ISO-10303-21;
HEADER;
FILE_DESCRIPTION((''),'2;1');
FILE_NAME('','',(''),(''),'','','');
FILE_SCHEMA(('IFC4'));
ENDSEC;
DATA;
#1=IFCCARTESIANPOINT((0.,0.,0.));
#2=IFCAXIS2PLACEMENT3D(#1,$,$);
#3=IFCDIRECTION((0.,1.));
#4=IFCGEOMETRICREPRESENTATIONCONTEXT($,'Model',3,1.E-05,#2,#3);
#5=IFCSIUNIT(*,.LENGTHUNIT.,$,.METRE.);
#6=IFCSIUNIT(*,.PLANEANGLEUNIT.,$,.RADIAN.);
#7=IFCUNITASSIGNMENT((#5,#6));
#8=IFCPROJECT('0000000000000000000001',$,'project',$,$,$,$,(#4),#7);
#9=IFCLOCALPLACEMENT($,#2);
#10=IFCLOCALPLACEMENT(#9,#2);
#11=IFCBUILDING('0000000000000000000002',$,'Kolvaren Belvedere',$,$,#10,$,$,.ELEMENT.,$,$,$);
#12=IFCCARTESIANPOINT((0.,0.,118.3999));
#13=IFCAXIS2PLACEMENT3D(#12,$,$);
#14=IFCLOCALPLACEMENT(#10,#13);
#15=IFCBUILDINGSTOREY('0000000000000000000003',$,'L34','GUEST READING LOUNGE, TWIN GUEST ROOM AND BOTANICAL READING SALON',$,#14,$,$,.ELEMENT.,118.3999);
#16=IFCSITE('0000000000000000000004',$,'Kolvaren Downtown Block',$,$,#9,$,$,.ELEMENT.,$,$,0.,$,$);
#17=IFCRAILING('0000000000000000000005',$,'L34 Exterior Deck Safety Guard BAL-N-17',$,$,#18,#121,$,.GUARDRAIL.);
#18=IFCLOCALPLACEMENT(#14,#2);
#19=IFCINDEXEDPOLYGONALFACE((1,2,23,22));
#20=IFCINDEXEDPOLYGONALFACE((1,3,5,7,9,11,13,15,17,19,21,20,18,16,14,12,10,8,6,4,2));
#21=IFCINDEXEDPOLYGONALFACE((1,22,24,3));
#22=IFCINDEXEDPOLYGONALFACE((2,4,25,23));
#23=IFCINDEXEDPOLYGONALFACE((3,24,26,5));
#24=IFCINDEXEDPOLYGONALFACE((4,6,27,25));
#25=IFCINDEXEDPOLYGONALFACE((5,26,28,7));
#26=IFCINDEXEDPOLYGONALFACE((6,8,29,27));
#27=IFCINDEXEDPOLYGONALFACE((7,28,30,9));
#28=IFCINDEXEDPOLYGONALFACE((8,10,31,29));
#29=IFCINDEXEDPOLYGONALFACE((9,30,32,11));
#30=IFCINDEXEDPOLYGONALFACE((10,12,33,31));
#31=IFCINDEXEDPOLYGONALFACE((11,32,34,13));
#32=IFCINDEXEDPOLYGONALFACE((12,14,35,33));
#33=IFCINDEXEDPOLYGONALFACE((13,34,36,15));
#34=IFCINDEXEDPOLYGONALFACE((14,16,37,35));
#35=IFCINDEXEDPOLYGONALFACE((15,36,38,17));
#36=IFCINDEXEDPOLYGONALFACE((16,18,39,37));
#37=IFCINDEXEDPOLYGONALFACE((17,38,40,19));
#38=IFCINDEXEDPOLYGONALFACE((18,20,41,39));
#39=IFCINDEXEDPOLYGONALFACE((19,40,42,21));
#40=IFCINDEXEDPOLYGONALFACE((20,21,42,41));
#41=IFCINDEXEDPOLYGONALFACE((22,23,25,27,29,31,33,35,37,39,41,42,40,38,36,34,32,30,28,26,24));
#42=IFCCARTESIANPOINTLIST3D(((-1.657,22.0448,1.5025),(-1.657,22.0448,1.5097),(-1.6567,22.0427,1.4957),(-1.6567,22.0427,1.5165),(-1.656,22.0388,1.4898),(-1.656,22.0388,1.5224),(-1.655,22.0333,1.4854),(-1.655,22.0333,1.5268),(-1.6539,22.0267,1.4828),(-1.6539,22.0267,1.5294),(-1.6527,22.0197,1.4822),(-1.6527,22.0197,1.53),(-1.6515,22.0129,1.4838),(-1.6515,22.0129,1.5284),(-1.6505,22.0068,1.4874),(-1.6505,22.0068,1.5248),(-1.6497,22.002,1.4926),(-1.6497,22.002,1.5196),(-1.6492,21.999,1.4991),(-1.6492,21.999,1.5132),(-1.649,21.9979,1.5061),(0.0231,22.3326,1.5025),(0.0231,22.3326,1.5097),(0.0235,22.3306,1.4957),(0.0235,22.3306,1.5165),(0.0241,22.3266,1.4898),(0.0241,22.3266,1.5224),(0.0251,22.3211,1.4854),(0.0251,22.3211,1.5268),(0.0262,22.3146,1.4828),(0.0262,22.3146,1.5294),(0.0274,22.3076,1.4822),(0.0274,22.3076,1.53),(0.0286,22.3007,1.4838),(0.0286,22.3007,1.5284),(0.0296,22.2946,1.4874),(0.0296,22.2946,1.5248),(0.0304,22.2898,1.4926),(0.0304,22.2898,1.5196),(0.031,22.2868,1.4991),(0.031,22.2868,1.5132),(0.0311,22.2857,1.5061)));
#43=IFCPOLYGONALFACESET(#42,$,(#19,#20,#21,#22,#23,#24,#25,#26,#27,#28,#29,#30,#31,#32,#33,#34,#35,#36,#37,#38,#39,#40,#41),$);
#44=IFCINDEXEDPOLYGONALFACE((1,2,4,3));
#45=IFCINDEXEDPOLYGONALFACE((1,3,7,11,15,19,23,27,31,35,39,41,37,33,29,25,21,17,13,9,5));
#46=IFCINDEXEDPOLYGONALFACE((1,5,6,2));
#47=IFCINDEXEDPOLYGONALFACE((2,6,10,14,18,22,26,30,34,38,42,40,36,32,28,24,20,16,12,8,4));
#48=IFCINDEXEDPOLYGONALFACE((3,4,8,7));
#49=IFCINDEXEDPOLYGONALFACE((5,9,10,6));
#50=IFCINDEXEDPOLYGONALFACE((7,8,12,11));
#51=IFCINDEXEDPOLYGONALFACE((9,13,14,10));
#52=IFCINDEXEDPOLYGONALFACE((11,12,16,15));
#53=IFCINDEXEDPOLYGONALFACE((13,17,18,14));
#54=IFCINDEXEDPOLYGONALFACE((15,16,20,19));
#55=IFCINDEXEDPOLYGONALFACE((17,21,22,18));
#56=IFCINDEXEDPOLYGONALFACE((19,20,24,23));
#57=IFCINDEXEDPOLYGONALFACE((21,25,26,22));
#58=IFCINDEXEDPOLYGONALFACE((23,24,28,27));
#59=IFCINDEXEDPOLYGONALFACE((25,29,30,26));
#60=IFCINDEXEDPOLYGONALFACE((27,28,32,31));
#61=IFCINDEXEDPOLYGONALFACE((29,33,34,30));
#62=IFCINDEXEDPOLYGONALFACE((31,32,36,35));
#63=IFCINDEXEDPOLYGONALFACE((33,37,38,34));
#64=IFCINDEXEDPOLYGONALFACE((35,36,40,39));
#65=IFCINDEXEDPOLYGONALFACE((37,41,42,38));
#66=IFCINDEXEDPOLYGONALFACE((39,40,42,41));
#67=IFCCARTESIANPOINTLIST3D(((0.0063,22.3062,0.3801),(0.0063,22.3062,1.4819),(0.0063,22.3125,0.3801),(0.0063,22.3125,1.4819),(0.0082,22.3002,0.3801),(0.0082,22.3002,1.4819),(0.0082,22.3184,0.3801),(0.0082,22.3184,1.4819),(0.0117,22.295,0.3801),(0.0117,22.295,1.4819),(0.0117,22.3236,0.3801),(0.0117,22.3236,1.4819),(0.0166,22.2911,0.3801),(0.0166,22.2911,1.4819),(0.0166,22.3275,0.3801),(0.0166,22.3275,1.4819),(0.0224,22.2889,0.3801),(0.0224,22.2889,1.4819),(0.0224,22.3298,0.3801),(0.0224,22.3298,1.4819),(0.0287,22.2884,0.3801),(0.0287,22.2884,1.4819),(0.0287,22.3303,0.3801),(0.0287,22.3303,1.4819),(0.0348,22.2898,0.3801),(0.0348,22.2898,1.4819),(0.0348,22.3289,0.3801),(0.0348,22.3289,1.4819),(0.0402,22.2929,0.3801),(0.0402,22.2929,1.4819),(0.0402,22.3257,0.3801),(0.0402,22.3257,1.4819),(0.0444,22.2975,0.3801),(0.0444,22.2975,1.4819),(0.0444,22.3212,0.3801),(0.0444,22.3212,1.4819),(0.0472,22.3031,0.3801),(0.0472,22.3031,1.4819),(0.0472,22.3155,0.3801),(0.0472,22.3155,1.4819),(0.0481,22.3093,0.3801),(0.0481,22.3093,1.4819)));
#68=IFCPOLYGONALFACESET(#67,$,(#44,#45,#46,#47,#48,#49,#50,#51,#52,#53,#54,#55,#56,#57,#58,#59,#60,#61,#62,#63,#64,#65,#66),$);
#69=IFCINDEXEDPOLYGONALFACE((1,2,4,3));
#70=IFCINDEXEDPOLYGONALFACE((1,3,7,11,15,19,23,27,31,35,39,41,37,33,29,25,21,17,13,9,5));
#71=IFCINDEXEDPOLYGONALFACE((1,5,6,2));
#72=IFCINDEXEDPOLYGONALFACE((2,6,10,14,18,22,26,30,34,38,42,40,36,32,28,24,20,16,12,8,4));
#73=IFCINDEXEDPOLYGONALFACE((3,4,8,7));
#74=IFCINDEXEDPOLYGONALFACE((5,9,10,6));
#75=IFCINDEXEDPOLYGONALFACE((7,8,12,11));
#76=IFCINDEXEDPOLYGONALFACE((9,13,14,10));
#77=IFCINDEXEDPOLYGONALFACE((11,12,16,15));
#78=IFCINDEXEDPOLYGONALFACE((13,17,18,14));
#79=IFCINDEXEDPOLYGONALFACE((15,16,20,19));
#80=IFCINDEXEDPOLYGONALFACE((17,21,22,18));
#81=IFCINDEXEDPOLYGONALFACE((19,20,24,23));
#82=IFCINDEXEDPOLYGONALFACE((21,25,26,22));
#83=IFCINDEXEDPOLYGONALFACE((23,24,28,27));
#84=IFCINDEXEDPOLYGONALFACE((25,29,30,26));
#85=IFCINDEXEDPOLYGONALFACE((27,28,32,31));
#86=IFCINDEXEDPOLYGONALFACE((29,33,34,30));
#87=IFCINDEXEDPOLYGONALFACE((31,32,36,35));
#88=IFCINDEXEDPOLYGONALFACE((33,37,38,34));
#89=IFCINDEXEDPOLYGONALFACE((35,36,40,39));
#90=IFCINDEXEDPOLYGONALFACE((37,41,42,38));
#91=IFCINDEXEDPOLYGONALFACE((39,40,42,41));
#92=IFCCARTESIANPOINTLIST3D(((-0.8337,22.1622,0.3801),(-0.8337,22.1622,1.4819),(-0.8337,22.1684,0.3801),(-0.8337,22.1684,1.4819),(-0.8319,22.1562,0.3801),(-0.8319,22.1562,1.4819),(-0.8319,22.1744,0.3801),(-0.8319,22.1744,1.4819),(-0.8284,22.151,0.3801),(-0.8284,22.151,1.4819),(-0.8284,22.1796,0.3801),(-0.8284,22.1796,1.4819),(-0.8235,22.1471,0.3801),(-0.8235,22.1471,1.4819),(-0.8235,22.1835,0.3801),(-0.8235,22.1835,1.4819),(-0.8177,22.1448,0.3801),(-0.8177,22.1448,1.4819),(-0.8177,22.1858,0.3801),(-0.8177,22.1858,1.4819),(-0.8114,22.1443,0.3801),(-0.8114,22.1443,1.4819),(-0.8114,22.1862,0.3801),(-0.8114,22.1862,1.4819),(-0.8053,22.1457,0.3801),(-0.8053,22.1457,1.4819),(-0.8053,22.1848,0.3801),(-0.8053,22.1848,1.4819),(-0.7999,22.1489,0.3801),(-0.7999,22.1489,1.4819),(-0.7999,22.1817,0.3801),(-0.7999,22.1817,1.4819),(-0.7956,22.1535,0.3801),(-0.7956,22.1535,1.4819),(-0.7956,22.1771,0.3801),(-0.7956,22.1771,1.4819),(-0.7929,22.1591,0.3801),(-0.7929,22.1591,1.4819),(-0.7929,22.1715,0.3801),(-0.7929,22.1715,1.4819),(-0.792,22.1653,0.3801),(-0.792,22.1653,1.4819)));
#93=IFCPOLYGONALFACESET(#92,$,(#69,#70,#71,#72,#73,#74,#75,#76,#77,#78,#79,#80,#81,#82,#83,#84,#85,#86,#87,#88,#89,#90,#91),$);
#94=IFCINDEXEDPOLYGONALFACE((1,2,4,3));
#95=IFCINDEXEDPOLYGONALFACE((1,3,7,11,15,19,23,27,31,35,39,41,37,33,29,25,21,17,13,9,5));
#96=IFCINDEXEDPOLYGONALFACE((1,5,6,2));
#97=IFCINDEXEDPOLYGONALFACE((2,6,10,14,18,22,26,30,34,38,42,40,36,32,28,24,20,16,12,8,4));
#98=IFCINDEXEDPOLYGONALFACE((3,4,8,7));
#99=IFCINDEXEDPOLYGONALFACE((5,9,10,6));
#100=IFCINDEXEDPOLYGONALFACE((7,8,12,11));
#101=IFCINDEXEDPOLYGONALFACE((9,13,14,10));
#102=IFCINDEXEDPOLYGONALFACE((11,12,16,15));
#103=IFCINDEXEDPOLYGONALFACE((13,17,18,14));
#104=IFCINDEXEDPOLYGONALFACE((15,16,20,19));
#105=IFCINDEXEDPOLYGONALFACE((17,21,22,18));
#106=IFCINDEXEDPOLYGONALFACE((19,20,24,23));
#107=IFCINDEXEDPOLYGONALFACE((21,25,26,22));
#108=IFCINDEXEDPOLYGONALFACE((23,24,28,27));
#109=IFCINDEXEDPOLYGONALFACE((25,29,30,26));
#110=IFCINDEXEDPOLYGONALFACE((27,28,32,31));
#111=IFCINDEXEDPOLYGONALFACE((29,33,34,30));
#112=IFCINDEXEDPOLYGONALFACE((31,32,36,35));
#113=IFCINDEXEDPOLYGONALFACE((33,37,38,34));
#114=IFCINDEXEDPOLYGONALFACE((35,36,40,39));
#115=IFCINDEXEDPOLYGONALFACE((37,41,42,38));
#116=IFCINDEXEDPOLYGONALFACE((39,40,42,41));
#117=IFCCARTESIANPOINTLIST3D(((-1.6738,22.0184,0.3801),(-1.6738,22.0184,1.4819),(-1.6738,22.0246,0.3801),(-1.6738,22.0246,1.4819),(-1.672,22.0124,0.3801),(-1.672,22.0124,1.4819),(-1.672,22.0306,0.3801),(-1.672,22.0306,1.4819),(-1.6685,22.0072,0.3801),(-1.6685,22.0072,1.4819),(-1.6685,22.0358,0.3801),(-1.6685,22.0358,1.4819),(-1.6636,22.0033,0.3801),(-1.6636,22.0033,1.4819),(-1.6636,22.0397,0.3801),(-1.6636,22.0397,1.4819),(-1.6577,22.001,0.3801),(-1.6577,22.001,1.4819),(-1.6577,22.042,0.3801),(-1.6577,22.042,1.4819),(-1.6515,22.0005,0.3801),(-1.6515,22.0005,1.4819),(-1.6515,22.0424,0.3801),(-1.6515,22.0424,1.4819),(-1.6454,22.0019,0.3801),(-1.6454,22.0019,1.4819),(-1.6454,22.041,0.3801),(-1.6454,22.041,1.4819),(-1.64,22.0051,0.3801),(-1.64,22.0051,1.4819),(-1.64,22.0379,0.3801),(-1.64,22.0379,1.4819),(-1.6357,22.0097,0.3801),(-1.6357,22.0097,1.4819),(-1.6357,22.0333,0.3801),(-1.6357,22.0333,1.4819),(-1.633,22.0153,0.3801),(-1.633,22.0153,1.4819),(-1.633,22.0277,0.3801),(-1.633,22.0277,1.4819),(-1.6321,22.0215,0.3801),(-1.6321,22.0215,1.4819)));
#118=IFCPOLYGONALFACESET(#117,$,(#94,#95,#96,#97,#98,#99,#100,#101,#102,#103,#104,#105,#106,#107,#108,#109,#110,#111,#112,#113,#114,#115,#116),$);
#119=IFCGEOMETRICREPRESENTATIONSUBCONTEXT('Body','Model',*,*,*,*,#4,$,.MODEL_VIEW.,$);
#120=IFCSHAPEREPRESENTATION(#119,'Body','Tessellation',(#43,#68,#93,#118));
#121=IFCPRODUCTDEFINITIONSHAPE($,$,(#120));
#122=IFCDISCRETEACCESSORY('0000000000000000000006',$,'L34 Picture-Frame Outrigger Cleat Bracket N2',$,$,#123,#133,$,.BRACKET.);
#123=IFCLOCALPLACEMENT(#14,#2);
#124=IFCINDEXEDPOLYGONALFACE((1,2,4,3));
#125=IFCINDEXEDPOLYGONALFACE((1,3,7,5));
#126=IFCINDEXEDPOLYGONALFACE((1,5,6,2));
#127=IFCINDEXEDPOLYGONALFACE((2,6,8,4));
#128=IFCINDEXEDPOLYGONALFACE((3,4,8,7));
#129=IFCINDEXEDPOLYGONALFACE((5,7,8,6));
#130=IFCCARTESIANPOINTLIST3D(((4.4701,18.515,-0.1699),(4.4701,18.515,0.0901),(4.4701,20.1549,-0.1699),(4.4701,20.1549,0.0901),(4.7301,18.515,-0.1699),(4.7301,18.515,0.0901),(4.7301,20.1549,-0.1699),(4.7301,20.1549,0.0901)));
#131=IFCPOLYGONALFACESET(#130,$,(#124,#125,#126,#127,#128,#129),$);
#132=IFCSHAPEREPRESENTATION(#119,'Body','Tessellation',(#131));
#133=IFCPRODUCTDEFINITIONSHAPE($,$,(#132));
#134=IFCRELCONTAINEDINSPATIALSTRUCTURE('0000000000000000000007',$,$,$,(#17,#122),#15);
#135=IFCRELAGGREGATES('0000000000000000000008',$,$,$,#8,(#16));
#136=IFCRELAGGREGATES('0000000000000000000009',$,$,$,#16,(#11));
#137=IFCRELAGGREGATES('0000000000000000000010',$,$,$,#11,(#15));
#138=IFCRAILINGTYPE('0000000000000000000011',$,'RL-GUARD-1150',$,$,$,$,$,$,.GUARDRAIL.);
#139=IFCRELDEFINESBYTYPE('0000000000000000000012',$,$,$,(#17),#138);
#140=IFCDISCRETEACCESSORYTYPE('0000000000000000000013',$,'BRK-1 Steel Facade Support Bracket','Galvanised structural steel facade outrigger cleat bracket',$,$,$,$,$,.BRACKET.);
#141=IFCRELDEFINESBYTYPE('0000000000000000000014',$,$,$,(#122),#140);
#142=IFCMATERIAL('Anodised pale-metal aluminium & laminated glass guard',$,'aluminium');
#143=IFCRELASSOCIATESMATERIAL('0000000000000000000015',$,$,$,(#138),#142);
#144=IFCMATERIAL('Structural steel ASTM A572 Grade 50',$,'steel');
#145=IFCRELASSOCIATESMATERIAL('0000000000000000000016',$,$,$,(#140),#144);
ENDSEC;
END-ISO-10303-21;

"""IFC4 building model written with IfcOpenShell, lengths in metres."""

from ifc_helpers import new_model, si_unit, direction, frame, origin, origin_2d, place, context, subcontext, project, spatial, rectangle, circle, extrude, material, type_object, element, save


model = new_model("IFC4")

# Units and contexts
model_context = context("Model", 3, precision=1e-05, world=origin(), true_north=direction((0.0, 1.0)))
body_context = subcontext(model_context, "Body", "Model", "MODEL_VIEW")
ifc_project = project(units=[si_unit("LENGTHUNIT", "METRE"), si_unit("PLANEANGLEUNIT", "RADIAN")], contexts=[model_context])

# Site, building, storey
site_placement = place(None, origin())
site = spatial("IfcSite", under=ifc_project, at=site_placement, Name="Kolvaren Downtown Block", CompositionType="ELEMENT", RefElevation=0.0)
building_placement = place(site_placement, origin())
building = spatial("IfcBuilding", under=site, at=building_placement, Name="Kolvaren Belvedere", CompositionType="ELEMENT")
storey_placement = place(building_placement, frame((0.0, 0.0, 118.3999)))
storey = spatial("IfcBuildingStorey", under=building, at=storey_placement, Name="L34", Description="GUEST READING LOUNGE, TWIN GUEST ROOM AND BOTANICAL READING SALON", CompositionType="ELEMENT", Elevation=118.3999)

# Railing
ifc_material_1 = material(Name="Anodised pale-metal aluminium & laminated glass guard", Category="aluminium")
railing_type = type_object("IfcRailingType", Name="RL-GUARD-1150", PredefinedType="GUARDRAIL", material=ifc_material_1)
railing_1_placement = place(storey_placement, frame((0.0271, 22.3093, 0.3801)))
element("IfcRailing", 1, at=railing_1_placement, inside=storey, type_object=railing_type, Name="L34 Exterior Deck Safety Guard BAL-N-17", PredefinedType="GUARDRAIL", context=body_context, shape_type="SweptSolid", body=[
    extrude(circle(Radius=0.0239, at=origin_2d()), frame((0.0, 0.0, 1.126), z_axis=(-0.985641, -0.168856, 0.0), x_axis=(0.168856, -0.985641, 0.0)), (0.0, 0.0, 1.0), 1.7046),
    extrude(circle(Radius=0.021, at=origin_2d()), origin(), (0.0, 0.0, 1.0), 1.1018),
    extrude(circle(Radius=0.021, at=origin_2d()), frame((-0.8401, -0.144, 0.0)), (0.0, 0.0, 1.0), 1.1018),
    extrude(circle(Radius=0.021, at=origin_2d()), frame((-1.6802, -0.2878, 0.0)), (0.0, 0.0, 1.0), 1.1018),
])

# Discrete accessory
ifc_material_2 = material(Name="Structural steel ASTM A572 Grade 50", Category="steel")
discrete_accessory_type = type_object("IfcDiscreteAccessoryType", Name="BRK-1 Steel Facade Support Bracket", Description="Galvanised structural steel facade outrigger cleat bracket", PredefinedType="BRACKET", material=ifc_material_2)
discrete_accessory_placement = place(storey_placement, frame((4.6001, 19.335, -0.1699), z_axis=(0.0, 0.0, 1.0), x_axis=(0.0, 1.0, 0.0)))
element("IfcDiscreteAccessory", 2, at=discrete_accessory_placement, inside=storey, type_object=discrete_accessory_type, Name="L34 Picture-Frame Outrigger Cleat Bracket N2", PredefinedType="BRACKET", context=body_context, shape_type="SweptSolid", body=[
    extrude(rectangle(XDim=1.6399, YDim=0.26, at=origin_2d()), origin(), (0.0, 0.0, 1.0), 0.26),
])

save(model, "model.ifc")
